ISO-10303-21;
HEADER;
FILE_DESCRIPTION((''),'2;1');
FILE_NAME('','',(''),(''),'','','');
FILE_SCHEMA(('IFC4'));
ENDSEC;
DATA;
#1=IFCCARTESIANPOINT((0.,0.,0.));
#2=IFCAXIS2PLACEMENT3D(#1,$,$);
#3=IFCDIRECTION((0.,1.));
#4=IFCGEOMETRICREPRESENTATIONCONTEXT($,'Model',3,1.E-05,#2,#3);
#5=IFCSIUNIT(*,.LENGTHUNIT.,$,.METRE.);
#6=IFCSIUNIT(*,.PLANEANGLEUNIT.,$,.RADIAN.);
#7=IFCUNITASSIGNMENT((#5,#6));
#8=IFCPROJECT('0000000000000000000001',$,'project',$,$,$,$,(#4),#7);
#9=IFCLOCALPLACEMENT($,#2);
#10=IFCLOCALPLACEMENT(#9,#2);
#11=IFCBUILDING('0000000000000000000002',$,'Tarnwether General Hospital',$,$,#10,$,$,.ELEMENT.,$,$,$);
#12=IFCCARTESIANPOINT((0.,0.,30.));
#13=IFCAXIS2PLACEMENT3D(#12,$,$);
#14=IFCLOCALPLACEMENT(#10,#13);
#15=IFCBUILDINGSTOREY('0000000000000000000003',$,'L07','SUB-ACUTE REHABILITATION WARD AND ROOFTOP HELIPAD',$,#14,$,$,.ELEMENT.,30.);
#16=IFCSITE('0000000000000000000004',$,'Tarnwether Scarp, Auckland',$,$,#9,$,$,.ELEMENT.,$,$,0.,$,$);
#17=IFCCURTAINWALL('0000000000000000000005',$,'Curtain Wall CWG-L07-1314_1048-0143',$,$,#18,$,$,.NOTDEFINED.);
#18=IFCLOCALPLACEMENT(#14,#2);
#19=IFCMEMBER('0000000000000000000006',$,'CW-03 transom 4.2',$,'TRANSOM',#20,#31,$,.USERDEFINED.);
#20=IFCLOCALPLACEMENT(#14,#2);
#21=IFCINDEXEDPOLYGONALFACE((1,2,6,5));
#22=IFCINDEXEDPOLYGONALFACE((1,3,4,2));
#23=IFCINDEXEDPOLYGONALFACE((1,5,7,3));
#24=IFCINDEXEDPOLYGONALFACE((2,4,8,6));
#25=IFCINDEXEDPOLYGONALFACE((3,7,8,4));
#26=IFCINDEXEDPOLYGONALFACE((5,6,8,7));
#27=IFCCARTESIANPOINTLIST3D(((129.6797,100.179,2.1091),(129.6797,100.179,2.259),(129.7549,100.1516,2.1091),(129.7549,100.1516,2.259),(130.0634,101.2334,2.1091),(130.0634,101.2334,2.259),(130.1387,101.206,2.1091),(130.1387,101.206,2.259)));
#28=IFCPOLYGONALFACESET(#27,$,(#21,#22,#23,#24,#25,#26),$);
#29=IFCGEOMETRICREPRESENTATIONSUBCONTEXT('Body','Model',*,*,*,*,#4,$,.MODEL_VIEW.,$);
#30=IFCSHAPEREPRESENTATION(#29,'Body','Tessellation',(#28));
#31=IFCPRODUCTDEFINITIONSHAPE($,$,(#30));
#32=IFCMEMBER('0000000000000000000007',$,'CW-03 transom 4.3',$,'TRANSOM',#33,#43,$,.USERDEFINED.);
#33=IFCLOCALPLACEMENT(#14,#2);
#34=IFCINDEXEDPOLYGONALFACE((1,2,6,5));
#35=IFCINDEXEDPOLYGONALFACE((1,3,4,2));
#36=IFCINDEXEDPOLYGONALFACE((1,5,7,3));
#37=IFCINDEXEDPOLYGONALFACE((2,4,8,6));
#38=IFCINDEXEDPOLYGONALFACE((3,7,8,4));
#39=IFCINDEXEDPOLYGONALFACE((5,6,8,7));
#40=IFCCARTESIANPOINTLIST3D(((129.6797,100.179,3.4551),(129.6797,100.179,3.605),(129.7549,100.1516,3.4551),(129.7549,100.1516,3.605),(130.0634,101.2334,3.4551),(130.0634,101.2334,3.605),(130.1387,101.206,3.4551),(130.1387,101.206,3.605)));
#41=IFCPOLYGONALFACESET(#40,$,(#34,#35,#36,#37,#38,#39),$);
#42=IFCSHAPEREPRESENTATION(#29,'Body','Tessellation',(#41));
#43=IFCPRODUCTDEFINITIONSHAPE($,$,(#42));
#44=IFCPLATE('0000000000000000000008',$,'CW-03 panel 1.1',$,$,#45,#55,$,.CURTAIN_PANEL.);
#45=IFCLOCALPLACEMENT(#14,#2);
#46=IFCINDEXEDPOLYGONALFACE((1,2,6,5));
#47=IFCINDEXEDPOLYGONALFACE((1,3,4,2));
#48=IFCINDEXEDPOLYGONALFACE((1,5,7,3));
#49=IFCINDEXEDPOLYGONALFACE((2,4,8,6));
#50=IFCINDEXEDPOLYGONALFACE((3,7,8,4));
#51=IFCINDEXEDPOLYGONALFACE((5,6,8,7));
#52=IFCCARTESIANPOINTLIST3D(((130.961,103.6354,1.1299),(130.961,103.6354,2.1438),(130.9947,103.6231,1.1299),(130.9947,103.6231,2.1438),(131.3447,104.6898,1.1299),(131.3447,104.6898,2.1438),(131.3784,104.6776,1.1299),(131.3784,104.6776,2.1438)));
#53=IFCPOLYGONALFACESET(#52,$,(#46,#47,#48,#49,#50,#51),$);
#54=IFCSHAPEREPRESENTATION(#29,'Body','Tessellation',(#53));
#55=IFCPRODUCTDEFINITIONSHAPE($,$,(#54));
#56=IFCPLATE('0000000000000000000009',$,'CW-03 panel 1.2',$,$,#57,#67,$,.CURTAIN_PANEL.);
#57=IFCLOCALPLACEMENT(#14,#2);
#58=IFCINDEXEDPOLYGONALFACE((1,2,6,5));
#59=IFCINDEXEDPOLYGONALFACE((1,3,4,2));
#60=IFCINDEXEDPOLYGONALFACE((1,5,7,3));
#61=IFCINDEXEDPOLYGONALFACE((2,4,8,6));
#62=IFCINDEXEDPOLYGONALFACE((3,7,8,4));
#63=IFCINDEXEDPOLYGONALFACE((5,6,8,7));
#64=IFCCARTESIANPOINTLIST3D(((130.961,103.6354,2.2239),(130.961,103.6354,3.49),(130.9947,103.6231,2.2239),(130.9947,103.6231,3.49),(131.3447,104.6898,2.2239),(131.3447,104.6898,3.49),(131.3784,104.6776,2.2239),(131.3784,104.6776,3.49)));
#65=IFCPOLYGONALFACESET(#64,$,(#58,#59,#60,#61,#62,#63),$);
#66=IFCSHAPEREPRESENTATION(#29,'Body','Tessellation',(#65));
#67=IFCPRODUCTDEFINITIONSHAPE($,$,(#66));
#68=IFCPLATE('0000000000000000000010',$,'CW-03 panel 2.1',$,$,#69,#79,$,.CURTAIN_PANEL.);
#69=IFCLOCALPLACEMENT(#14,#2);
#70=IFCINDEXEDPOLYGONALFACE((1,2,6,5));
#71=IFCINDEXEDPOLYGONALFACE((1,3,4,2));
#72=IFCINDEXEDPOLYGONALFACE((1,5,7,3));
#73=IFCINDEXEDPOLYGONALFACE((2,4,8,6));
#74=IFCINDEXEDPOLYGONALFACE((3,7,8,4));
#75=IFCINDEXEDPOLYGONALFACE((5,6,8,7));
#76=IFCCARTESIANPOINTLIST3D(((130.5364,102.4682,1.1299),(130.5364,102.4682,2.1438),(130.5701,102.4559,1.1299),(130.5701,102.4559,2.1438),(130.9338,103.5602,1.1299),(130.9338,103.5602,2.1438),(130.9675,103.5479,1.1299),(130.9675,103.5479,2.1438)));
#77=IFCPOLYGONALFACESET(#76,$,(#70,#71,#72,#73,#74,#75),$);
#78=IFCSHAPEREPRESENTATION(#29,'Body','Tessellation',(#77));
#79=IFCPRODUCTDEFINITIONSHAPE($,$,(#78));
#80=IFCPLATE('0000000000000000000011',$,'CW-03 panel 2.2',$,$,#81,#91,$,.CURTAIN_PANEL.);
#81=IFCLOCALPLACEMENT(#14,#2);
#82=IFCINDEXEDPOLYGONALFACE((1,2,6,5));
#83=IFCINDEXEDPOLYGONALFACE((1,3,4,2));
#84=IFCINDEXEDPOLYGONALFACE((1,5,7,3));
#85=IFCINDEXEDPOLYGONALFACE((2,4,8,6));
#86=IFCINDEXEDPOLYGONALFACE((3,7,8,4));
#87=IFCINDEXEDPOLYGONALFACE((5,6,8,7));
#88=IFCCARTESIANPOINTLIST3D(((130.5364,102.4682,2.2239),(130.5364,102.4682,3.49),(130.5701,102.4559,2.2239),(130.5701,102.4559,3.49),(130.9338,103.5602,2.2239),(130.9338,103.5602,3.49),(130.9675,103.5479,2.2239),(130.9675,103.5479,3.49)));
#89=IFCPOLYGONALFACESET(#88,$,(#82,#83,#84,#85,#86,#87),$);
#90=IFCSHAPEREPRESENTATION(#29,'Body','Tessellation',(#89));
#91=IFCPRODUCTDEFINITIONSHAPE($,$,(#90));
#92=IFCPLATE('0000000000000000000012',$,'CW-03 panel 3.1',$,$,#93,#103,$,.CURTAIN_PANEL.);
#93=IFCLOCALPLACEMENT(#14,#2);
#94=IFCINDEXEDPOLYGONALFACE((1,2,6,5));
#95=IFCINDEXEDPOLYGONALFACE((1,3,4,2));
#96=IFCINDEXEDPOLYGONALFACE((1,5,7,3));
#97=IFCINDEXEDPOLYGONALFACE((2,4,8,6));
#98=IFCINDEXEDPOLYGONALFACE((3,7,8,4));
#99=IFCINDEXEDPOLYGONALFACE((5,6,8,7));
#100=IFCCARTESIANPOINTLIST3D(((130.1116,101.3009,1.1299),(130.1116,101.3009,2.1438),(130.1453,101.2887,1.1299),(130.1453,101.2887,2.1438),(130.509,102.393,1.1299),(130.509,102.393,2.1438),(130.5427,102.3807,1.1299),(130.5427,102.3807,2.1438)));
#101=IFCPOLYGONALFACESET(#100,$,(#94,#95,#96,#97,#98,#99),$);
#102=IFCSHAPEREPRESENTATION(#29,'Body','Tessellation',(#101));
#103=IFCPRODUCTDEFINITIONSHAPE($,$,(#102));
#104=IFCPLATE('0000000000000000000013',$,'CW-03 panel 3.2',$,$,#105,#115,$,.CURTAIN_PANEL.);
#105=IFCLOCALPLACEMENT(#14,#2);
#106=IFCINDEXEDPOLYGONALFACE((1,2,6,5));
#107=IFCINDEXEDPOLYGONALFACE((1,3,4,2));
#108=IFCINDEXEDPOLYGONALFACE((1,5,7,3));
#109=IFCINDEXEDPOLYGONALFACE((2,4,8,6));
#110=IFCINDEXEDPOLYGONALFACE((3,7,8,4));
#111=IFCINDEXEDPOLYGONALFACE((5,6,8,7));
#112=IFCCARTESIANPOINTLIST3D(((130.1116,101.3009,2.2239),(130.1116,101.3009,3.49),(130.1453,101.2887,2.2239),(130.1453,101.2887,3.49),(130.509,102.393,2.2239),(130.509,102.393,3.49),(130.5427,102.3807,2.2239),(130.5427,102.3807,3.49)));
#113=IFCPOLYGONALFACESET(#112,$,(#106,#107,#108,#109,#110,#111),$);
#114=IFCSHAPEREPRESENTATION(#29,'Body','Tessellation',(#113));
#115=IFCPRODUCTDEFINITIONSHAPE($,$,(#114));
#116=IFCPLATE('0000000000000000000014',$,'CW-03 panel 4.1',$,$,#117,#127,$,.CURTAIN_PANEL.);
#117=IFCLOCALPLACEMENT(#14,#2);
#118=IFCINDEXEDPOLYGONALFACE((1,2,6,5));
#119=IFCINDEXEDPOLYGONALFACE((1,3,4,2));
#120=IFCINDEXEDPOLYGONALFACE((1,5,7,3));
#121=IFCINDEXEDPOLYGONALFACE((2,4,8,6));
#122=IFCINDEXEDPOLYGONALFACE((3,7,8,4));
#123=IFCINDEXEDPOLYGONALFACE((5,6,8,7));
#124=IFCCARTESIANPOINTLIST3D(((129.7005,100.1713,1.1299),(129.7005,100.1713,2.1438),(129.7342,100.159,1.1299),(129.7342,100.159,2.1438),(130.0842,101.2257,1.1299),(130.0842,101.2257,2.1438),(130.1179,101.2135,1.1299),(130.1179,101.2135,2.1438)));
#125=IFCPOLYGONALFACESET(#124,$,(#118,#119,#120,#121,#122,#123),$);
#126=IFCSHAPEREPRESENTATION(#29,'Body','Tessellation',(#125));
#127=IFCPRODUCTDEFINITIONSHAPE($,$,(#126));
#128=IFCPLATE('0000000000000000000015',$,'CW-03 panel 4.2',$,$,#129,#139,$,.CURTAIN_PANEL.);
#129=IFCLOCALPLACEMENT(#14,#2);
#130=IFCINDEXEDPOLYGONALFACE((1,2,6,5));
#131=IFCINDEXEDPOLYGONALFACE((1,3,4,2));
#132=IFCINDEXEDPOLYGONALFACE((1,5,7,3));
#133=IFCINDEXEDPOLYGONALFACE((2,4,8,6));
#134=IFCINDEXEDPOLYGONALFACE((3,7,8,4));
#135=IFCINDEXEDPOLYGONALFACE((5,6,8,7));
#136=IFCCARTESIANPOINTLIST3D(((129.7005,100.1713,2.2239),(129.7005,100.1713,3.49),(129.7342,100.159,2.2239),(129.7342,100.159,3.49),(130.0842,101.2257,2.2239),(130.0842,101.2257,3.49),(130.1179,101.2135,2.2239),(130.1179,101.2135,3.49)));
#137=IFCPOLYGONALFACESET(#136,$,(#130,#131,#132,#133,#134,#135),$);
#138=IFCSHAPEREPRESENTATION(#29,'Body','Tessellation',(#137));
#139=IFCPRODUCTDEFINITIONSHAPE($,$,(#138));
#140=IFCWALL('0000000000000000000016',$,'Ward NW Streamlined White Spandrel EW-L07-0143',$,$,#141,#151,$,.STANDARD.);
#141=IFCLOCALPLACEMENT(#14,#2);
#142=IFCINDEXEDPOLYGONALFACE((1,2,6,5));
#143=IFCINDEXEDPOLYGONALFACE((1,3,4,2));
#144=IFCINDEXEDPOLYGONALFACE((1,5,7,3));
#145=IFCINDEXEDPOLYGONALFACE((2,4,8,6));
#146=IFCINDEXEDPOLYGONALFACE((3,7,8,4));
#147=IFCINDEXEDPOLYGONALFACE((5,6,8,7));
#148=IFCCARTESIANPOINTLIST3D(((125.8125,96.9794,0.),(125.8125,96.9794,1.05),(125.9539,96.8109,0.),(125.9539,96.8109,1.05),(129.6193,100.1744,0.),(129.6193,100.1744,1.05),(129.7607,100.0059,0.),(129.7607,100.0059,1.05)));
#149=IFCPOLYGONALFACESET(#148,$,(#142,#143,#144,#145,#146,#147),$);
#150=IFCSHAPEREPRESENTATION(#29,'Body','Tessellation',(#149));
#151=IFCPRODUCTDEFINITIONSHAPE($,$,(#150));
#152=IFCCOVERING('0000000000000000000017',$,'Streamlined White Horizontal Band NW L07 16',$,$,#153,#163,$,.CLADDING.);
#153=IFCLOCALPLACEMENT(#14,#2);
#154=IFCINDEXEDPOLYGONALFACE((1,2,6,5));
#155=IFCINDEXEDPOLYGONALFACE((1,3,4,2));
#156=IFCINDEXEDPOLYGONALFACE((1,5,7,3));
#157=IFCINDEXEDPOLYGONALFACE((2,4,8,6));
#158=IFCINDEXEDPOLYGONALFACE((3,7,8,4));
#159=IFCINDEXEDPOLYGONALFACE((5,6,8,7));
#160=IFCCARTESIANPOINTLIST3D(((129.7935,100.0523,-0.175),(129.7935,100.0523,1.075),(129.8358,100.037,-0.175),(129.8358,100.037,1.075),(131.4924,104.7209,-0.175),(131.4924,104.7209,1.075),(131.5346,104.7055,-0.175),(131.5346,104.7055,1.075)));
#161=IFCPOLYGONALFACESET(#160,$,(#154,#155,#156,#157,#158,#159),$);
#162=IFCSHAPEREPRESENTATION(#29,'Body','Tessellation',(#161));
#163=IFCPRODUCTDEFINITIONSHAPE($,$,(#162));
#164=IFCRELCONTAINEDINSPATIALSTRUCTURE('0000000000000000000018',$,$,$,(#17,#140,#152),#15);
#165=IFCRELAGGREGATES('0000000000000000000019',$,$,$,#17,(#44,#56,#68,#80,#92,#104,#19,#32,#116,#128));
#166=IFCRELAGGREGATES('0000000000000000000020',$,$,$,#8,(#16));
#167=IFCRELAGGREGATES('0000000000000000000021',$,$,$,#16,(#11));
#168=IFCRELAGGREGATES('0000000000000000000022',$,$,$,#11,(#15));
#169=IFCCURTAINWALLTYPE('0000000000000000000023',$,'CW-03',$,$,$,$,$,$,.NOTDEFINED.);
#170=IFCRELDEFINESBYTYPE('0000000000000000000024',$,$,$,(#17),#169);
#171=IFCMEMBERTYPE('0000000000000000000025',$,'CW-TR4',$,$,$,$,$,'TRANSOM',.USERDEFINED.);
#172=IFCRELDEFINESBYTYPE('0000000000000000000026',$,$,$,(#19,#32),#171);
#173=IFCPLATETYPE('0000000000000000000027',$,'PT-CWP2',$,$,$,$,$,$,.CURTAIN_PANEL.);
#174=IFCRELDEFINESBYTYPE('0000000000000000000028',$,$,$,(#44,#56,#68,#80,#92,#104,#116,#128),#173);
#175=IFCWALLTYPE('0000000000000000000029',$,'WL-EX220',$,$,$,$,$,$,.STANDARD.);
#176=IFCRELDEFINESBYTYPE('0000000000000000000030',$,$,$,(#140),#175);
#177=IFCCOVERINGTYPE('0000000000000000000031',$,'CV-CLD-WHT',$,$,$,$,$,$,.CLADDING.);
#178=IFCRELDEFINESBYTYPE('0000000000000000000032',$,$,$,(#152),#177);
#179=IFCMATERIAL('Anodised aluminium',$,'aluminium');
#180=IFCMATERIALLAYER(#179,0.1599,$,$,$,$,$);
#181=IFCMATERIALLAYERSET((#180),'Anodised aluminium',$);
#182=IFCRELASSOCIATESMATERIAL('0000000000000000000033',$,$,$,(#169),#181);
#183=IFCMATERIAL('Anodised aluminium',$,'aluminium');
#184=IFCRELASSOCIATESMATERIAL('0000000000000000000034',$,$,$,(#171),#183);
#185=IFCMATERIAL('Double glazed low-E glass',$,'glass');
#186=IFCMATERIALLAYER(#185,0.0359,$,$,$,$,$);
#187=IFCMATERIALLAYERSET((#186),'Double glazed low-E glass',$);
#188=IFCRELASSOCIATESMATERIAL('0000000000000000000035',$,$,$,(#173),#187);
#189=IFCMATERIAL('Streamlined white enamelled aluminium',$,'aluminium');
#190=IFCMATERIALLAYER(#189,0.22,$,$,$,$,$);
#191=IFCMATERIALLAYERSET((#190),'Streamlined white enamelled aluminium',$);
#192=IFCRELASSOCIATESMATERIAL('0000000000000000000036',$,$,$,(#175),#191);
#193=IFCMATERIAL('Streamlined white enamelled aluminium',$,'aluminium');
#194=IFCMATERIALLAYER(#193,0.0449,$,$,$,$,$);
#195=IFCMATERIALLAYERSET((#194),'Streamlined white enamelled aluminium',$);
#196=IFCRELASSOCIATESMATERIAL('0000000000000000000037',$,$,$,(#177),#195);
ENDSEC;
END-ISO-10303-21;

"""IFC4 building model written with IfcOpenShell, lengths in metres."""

from ifc_helpers import new_model, si_unit, direction, frame, frame_2d, origin, origin_2d, place, context, subcontext, project, spatial, rectangle, extrude, material, layer, layer_set, material_profile, profile_set, type_object, element, aggregate, save


model = new_model("IFC4")

# Units and contexts
model_context = context("Model", 3, precision=1e-05, world=origin(), true_north=direction((0.0, 1.0)))
body_context = subcontext(model_context, "Body", "Model", "MODEL_VIEW")
ifc_project = project(units=[si_unit("LENGTHUNIT", "METRE"), si_unit("PLANEANGLEUNIT", "RADIAN")], contexts=[model_context])

# Site, building, storey
site_placement = place(None, origin())
site = spatial("IfcSite", under=ifc_project, at=site_placement, Name="Tarnwether Scarp, Auckland", CompositionType="ELEMENT", RefElevation=0.0)
building_placement = place(site_placement, origin())
building = spatial("IfcBuilding", under=site, at=building_placement, Name="Tarnwether General Hospital", CompositionType="ELEMENT")
storey_placement = place(building_placement, frame((0.0, 0.0, 30.0)))
storey = spatial("IfcBuildingStorey", under=building, at=storey_placement, Name="L07", Description="SUB-ACUTE REHABILITATION WARD AND ROOFTOP HELIPAD", CompositionType="ELEMENT", Elevation=30.0)

# Shared definitions
ifc_material_1 = material(Name="Anodised aluminium", Category="aluminium")
ifc_layer_1 = layer(ifc_material_1, 0.1599)
ifc_layer_set_1 = layer_set([ifc_layer_1], Name="Anodised aluminium")
curtain_wall_type = type_object("IfcCurtainWallType", Name="CW-03", PredefinedType="NOTDEFINED", material=ifc_layer_set_1)

# Curtain wall
curtain_wall_1_placement = place(storey_placement, origin())
curtain_wall_1 = element("IfcCurtainWall", 1, at=curtain_wall_1_placement, inside=storey, type_object=curtain_wall_type, Name="Curtain Wall CWG-L07-1314_1048-0143", PredefinedType="NOTDEFINED")

# Members
ifc_material_2 = material(Name="Anodised aluminium", Category="aluminium")
ifc_material_profile_1 = material_profile(ifc_material_2, rectangle(XDim=0.0801, YDim=0.1499, at=origin_2d()), Name="ALU-TRN-80x150")
ifc_profile_set_1 = profile_set([ifc_material_profile_1], Name="Anodised aluminium")
member_type_1 = type_object("IfcMemberType", Name="CW-TR4", ElementType="TRANSOM", PredefinedType="USERDEFINED", material=ifc_profile_set_1)
member_1_placement = place(storey_placement, frame((130.1011, 101.2197, 2.1841), z_axis=(-0.342023, -0.939692, 0.0), x_axis=(0.939692, -0.342023, 0.0)))
member_1 = element("IfcMember", 2, at=member_1_placement, type_object=member_type_1, Name="CW-03 transom 4.2", ObjectType="TRANSOM", PredefinedType="USERDEFINED", context=body_context, shape_type="SweptSolid", body=[
    extrude(rectangle(XDim=0.0801, YDim=0.1499, at=origin_2d()), origin(), (0.0, 0.0, 1.0), 1.1221),
])
member_2_placement = place(storey_placement, frame((130.1011, 101.2197, 3.53), z_axis=(-0.342023, -0.939692, 0.0), x_axis=(0.939692, -0.342023, 0.0)))
member_2 = element("IfcMember", 3, at=member_2_placement, type_object=member_type_1, Name="CW-03 transom 4.3", ObjectType="TRANSOM", PredefinedType="USERDEFINED", context=body_context, shape_type="SweptSolid", body=[
    extrude(rectangle(XDim=0.0801, YDim=0.1499, at=origin_2d()), origin(), (0.0, 0.0, 1.0), 1.1221),
])

# Plates
ifc_material_3 = material(Name="Double glazed low-E glass", Category="glass")
ifc_layer_2 = layer(ifc_material_3, 0.0359)
ifc_layer_set_2 = layer_set([ifc_layer_2], Name="Double glazed low-E glass")
plate_type = type_object("IfcPlateType", Name="PT-CWP2", PredefinedType="CURTAIN_PANEL", material=ifc_layer_set_2)
plate_1_placement = place(storey_placement, frame((131.1697, 104.1565, 1.1299), z_axis=(0.0, 0.0, 1.0), x_axis=(-0.341953, -0.939717, 0.0)))
plate_1 = element("IfcPlate", 4, at=plate_1_placement, type_object=plate_type, Name="CW-03 panel 1.1", PredefinedType="CURTAIN_PANEL", context=body_context, shape_type="SweptSolid", body=[
    extrude(rectangle(XDim=1.1221, YDim=0.0359, at=origin_2d()), origin(), (0.0, 0.0, 1.0), 1.0139),
])
plate_2_placement = place(storey_placement, frame((131.1697, 104.1565, 2.2239), z_axis=(0.0, 0.0, 1.0), x_axis=(-0.341953, -0.939717, 0.0)))
plate_2 = element("IfcPlate", 5, at=plate_2_placement, type_object=plate_type, Name="CW-03 panel 1.2", PredefinedType="CURTAIN_PANEL", context=body_context, shape_type="SweptSolid", body=[
    extrude(rectangle(XDim=1.1221, YDim=0.0359, at=origin_2d()), origin(), (0.0, 0.0, 1.0), 1.2661),
])
plate_3_placement = place(storey_placement, frame((130.752, 103.0081, 1.1299), z_axis=(0.0, 0.0, 1.0), x_axis=(-0.341953, -0.939717, 0.0)))
plate_3 = element("IfcPlate", 6, at=plate_3_placement, type_object=plate_type, Name="CW-03 panel 2.1", PredefinedType="CURTAIN_PANEL", context=body_context, shape_type="SweptSolid", body=[
    extrude(rectangle(XDim=1.1621, YDim=0.0359, at=origin_2d()), origin(), (0.0, 0.0, 1.0), 1.0139),
])
plate_4_placement = place(storey_placement, frame((130.752, 103.0081, 2.2239), z_axis=(0.0, 0.0, 1.0), x_axis=(-0.341953, -0.939717, 0.0)))
plate_4 = element("IfcPlate", 7, at=plate_4_placement, type_object=plate_type, Name="CW-03 panel 2.2", PredefinedType="CURTAIN_PANEL", context=body_context, shape_type="SweptSolid", body=[
    extrude(rectangle(XDim=1.1621, YDim=0.0359, at=origin_2d()), origin(), (0.0, 0.0, 1.0), 1.2661),
])
plate_5_placement = place(storey_placement, frame((130.3271, 101.8408, 1.1299), z_axis=(0.0, 0.0, 1.0), x_axis=(-0.341953, -0.939717, 0.0)))
plate_5 = element("IfcPlate", 8, at=plate_5_placement, type_object=plate_type, Name="CW-03 panel 3.1", PredefinedType="CURTAIN_PANEL", context=body_context, shape_type="SweptSolid", body=[
    extrude(rectangle(XDim=1.1621, YDim=0.0359, at=origin_2d()), origin(), (0.0, 0.0, 1.0), 1.0139),
])
plate_6_placement = place(storey_placement, frame((130.3271, 101.8408, 2.2239), z_axis=(0.0, 0.0, 1.0), x_axis=(-0.341953, -0.939717, 0.0)))
plate_6 = element("IfcPlate", 9, at=plate_6_placement, type_object=plate_type, Name="CW-03 panel 3.2", PredefinedType="CURTAIN_PANEL", context=body_context, shape_type="SweptSolid", body=[
    extrude(rectangle(XDim=1.1621, YDim=0.0359, at=origin_2d()), origin(), (0.0, 0.0, 1.0), 1.2661),
])
plate_7_placement = place(storey_placement, frame((129.9092, 100.6924, 1.1299), z_axis=(0.0, 0.0, 1.0), x_axis=(-0.341953, -0.939717, 0.0)))
plate_7 = element("IfcPlate", 10, at=plate_7_placement, type_object=plate_type, Name="CW-03 panel 4.1", PredefinedType="CURTAIN_PANEL", context=body_context, shape_type="SweptSolid", body=[
    extrude(rectangle(XDim=1.1221, YDim=0.0359, at=origin_2d()), origin(), (0.0, 0.0, 1.0), 1.0139),
])
plate_8_placement = place(storey_placement, frame((129.9092, 100.6924, 2.2239), z_axis=(0.0, 0.0, 1.0), x_axis=(-0.341953, -0.939717, 0.0)))
plate_8 = element("IfcPlate", 11, at=plate_8_placement, type_object=plate_type, Name="CW-03 panel 4.2", PredefinedType="CURTAIN_PANEL", context=body_context, shape_type="SweptSolid", body=[
    extrude(rectangle(XDim=1.1221, YDim=0.0359, at=origin_2d()), origin(), (0.0, 0.0, 1.0), 1.2661),
])
aggregate(curtain_wall_1, [plate_1, plate_2, plate_3, plate_4, plate_5, plate_6, member_1, member_2, plate_7, plate_8])

# Wall
ifc_material_4 = material(Name="Streamlined white enamelled aluminium", Category="aluminium")
ifc_layer_3 = layer(ifc_material_4, 0.22)
ifc_layer_set_3 = layer_set([ifc_layer_3], Name="Streamlined white enamelled aluminium")
wall_type = type_object("IfcWallType", Name="WL-EX220", PredefinedType="STANDARD", material=ifc_layer_set_3)
wall_placement = place(storey_placement, frame((129.6899, 100.0901, 0.0), z_axis=(0.0, 0.0, 1.0), x_axis=(-0.765974, -0.642872, 0.0)))
element("IfcWall", 12, at=wall_placement, inside=storey, type_object=wall_type, Name="Ward NW Streamlined White Spandrel EW-L07-0143", PredefinedType="STANDARD", context=body_context, shape_type="SweptSolid", body=[
    extrude(rectangle(XDim=4.97, YDim=0.22, at=frame_2d((2.4849, 0.0))), origin(), (0.0, 0.0, 1.0), 1.05),
])

# Covering
ifc_material_5 = material(Name="Streamlined white enamelled aluminium", Category="aluminium")
ifc_layer_4 = layer(ifc_material_5, 0.0449)
ifc_layer_set_4 = layer_set([ifc_layer_4], Name="Streamlined white enamelled aluminium")
covering_type = type_object("IfcCoveringType", Name="CV-CLD-WHT", PredefinedType="CLADDING", material=ifc_layer_set_4)
covering_placement = place(storey_placement, frame((130.6641, 102.3789, -0.175), z_axis=(0.0, 0.0, 1.0), x_axis=(-0.341955, -0.939716, 0.0)))
element("IfcCovering", 13, at=covering_placement, inside=storey, type_object=covering_type, Name="Streamlined White Horizontal Band NW L07 16", PredefinedType="CLADDING", context=body_context, shape_type="SweptSolid", body=[
    extrude(rectangle(XDim=4.968, YDim=0.0449, at=origin_2d()), origin(), (0.0, 0.0, 1.0), 1.25),
])

save(model, "model.ifc")
